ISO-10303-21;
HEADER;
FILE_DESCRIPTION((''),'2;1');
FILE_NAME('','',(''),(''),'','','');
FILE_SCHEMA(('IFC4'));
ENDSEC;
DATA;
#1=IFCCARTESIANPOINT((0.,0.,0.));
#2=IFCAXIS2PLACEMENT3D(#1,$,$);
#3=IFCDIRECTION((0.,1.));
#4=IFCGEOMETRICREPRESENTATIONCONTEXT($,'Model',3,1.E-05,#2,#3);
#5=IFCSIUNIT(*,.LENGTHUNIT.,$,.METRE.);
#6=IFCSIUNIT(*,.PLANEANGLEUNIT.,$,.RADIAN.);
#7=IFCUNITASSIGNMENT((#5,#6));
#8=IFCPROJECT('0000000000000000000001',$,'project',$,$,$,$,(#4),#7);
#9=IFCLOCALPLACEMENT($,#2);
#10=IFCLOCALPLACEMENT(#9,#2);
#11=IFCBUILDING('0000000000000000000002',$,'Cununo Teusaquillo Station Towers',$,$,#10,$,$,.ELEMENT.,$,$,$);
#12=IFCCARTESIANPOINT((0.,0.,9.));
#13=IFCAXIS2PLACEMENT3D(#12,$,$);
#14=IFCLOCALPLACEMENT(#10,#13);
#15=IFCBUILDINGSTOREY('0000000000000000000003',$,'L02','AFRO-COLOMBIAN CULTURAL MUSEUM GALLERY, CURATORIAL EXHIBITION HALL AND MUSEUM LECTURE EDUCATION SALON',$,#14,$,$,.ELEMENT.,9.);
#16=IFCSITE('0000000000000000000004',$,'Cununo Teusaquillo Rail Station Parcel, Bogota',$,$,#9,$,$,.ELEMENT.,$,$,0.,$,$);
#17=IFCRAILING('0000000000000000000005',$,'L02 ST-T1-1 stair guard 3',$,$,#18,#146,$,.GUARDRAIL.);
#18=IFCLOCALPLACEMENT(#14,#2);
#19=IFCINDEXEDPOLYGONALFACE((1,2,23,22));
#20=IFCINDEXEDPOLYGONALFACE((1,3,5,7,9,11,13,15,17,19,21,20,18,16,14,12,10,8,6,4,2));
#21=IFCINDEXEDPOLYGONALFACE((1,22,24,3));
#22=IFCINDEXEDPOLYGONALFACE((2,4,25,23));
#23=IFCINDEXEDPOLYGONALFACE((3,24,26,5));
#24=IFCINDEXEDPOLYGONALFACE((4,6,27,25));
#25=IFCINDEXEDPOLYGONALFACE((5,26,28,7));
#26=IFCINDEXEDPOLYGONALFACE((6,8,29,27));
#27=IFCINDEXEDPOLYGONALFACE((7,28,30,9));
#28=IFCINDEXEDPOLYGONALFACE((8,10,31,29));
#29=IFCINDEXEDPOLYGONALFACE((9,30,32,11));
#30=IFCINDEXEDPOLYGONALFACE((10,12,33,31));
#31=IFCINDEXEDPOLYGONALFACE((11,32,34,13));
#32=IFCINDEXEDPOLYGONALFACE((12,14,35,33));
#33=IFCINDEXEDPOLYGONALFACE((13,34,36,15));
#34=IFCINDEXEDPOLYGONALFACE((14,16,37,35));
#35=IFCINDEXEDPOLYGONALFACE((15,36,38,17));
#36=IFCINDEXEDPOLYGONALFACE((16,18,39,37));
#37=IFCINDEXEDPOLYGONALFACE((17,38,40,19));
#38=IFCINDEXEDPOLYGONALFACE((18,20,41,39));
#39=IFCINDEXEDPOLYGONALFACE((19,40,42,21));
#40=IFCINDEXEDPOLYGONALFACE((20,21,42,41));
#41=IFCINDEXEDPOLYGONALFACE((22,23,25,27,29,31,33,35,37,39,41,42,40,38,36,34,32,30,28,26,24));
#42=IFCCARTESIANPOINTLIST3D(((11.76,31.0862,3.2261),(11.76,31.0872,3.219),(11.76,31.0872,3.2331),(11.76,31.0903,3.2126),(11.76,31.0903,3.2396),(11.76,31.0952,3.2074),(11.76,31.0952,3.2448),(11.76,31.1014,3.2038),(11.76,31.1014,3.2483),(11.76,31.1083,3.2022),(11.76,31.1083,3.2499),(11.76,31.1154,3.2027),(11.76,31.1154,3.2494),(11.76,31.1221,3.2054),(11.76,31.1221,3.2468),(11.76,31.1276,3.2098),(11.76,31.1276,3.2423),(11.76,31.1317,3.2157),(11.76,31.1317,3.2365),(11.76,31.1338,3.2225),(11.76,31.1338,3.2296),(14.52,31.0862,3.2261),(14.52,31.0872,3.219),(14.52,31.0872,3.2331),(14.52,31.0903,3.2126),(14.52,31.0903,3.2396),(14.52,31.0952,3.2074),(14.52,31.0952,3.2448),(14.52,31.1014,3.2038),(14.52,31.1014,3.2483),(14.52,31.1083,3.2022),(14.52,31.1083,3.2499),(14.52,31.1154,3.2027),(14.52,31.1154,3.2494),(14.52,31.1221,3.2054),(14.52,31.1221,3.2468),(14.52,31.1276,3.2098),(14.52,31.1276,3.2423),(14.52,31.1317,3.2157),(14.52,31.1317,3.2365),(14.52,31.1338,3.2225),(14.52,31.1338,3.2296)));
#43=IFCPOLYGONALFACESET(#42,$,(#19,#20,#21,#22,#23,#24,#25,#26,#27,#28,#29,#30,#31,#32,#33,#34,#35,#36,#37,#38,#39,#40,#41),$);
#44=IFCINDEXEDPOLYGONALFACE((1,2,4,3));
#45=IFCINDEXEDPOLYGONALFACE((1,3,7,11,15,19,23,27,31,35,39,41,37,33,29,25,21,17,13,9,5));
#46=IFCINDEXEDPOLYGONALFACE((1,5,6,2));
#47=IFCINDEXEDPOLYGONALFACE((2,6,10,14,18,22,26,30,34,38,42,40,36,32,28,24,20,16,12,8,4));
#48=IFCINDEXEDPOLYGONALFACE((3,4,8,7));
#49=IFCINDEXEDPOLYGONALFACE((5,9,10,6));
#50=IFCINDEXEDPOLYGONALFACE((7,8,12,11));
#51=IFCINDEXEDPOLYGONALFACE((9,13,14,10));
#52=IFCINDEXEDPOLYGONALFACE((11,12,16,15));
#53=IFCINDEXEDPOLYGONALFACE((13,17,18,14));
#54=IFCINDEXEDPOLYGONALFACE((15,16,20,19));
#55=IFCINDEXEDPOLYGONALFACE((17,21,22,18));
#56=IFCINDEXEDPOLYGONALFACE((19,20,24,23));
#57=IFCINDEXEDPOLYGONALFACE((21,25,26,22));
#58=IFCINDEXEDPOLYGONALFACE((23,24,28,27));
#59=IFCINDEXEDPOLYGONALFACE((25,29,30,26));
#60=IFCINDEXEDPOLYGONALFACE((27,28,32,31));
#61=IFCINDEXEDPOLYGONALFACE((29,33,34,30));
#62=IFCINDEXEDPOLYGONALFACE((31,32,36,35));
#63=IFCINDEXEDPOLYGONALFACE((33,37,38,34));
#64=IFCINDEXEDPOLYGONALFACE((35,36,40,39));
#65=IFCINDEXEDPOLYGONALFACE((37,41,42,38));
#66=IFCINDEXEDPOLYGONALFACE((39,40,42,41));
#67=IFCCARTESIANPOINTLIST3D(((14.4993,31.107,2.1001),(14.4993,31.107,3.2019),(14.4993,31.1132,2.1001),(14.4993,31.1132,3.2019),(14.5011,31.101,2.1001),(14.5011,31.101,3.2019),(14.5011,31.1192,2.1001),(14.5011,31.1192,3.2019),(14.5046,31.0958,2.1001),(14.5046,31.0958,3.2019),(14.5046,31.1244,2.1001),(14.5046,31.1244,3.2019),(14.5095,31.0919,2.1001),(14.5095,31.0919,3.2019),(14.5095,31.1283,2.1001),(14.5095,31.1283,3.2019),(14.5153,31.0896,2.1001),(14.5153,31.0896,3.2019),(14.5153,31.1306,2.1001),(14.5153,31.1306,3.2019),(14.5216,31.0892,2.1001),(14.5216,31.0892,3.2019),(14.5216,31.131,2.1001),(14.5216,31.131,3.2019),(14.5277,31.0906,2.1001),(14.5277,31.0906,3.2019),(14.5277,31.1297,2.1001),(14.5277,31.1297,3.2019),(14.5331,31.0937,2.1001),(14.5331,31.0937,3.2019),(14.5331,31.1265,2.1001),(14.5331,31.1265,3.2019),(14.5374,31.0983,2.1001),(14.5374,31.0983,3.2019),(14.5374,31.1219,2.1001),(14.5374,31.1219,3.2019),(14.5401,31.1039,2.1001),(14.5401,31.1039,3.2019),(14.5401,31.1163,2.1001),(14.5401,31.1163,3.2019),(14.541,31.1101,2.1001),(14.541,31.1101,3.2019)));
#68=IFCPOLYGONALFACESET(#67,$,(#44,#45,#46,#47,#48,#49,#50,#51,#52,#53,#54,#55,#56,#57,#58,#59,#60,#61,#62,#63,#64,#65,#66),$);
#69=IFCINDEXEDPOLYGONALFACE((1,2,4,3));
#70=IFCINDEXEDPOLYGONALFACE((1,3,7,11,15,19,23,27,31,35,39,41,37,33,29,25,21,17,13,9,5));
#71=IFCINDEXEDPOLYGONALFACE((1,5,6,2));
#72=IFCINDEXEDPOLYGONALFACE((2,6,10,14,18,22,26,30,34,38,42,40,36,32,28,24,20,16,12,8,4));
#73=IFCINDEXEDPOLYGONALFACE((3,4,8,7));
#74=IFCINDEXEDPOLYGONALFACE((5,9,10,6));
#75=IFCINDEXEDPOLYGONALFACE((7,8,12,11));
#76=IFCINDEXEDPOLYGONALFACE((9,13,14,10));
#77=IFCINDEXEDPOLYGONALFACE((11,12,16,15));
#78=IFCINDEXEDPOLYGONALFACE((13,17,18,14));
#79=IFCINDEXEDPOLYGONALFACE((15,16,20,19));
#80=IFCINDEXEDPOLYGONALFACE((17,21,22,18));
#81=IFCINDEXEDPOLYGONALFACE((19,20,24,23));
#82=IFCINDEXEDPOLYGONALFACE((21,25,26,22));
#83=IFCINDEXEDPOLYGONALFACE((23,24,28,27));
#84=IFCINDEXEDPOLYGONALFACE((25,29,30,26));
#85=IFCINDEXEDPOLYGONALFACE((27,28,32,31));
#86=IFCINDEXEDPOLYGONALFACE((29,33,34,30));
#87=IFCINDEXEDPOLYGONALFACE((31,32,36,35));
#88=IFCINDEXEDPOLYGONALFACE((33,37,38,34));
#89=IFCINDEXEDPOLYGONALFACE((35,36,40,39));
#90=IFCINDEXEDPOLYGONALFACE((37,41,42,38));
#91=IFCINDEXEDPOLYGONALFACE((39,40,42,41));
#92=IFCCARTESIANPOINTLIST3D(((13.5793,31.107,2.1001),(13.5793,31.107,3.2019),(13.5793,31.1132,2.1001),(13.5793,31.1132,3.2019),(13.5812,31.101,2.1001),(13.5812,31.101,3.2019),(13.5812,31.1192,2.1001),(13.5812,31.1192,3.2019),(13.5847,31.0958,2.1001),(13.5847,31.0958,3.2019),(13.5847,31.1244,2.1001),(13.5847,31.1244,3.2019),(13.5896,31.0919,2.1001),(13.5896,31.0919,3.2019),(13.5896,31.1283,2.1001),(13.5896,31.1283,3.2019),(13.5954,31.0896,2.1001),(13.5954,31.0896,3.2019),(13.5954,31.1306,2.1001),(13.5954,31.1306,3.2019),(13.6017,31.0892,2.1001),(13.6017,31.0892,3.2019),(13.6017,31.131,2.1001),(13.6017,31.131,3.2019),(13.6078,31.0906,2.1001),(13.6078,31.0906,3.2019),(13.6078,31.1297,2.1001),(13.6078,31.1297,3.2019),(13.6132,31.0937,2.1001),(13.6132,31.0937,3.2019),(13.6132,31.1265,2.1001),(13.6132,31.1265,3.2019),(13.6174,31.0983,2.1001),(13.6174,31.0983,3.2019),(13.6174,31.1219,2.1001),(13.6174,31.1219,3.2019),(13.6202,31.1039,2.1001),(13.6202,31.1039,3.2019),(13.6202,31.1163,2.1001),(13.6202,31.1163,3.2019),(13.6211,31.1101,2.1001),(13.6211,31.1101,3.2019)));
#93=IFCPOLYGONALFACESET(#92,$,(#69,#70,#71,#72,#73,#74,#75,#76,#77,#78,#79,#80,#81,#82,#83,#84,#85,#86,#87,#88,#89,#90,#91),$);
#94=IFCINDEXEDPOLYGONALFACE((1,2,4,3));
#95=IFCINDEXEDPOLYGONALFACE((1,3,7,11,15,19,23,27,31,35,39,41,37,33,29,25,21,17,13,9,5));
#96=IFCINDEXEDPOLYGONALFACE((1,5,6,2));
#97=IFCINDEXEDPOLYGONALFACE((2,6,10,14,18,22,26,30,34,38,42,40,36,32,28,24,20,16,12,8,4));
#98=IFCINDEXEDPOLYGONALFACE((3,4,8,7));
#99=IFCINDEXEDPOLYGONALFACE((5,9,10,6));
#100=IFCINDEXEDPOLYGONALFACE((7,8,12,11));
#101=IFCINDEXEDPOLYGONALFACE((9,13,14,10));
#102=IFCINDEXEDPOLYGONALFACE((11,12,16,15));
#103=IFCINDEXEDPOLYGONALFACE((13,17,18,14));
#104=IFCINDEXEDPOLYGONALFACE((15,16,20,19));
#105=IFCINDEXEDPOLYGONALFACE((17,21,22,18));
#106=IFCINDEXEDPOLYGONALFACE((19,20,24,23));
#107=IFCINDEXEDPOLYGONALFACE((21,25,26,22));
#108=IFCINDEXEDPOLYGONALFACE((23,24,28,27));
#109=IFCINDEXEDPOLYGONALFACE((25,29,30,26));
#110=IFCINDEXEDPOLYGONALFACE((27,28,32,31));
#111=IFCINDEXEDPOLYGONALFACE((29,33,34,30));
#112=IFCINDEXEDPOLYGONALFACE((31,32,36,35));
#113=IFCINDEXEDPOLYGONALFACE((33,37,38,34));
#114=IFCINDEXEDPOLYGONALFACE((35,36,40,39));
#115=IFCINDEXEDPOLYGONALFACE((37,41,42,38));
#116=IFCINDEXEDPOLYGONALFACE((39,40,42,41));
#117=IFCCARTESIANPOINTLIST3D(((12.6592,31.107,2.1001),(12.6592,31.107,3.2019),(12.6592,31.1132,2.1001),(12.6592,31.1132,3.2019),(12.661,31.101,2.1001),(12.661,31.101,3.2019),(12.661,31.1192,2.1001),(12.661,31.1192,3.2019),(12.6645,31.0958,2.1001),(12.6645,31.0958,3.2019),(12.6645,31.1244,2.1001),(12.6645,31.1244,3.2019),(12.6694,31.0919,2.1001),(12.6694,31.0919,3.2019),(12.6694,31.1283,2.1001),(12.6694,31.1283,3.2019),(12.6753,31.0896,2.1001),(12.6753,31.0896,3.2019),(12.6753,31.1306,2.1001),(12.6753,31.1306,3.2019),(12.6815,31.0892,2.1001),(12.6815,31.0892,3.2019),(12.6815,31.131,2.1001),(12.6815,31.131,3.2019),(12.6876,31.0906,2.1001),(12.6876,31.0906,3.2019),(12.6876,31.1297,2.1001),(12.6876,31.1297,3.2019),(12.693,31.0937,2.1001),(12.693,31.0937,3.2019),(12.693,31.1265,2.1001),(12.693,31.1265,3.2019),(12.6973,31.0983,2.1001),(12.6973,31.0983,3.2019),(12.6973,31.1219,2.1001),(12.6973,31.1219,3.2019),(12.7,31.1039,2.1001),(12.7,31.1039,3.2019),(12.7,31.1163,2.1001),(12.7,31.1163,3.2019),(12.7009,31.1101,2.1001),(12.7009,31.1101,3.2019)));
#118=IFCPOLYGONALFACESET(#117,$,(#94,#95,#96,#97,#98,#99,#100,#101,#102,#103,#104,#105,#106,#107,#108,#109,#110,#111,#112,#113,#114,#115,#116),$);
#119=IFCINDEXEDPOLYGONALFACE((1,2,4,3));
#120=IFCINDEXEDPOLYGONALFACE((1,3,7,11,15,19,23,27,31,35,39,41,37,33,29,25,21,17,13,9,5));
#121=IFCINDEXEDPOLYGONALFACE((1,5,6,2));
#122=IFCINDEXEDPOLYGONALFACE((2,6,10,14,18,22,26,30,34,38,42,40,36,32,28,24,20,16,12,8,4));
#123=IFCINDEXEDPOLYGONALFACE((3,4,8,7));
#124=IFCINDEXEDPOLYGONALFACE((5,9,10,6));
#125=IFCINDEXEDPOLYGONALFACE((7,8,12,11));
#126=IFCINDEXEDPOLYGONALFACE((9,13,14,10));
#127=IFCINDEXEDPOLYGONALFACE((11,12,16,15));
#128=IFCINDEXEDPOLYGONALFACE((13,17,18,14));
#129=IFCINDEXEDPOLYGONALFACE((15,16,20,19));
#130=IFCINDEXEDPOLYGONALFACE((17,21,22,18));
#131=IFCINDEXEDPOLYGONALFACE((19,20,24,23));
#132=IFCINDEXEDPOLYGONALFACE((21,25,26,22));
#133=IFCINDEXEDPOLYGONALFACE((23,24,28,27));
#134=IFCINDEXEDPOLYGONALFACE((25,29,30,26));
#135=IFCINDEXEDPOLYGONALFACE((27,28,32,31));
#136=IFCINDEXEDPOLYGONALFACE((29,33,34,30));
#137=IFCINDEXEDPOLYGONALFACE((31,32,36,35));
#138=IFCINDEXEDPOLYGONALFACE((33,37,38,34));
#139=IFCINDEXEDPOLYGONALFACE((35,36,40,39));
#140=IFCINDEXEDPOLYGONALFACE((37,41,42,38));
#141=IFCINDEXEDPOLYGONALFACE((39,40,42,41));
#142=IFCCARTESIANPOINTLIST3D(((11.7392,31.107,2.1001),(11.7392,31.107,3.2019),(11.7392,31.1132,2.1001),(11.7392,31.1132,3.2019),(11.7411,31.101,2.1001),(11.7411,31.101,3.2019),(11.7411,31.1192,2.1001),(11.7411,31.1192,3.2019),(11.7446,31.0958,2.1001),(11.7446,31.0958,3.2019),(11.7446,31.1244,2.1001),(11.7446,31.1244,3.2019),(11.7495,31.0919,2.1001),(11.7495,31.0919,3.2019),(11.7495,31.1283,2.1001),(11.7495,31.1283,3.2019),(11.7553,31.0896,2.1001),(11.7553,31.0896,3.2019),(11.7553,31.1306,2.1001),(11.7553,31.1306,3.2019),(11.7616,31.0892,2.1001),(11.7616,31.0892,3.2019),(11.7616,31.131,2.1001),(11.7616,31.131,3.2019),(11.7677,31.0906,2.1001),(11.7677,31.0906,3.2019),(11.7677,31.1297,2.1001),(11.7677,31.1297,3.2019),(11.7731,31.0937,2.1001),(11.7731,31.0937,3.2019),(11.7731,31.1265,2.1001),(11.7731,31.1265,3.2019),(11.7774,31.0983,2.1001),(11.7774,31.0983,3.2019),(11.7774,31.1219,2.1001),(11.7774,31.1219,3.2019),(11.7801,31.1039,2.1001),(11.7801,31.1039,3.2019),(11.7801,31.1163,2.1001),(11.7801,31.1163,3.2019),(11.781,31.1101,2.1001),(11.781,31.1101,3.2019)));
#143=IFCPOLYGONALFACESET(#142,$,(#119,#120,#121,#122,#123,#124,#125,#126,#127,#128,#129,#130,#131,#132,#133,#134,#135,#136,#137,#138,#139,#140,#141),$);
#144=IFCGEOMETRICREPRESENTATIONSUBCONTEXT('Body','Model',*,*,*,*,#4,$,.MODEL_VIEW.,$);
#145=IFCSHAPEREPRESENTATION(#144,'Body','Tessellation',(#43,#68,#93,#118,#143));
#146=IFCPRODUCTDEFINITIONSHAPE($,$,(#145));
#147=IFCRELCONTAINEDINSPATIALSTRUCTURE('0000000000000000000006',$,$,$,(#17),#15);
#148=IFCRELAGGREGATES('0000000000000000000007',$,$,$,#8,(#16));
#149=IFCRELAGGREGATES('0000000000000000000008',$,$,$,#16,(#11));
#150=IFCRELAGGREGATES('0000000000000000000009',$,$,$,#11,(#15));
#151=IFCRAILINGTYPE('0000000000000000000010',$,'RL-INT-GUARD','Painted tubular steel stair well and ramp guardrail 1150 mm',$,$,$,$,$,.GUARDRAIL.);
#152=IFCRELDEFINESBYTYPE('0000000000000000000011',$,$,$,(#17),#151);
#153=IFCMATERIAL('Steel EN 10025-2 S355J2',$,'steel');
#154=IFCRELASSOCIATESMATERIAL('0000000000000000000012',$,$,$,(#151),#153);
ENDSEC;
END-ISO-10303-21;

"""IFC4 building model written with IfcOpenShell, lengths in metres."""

from ifc_helpers import new_model, si_unit, direction, frame, origin, origin_2d, place, context, subcontext, project, spatial, circle, extrude, material, type_object, element, save


model = new_model("IFC4")

# Units and contexts
model_context = context("Model", 3, precision=1e-05, world=origin(), true_north=direction((0.0, 1.0)))
body_context = subcontext(model_context, "Body", "Model", "MODEL_VIEW")
ifc_project = project(units=[si_unit("LENGTHUNIT", "METRE"), si_unit("PLANEANGLEUNIT", "RADIAN")], contexts=[model_context])

# Site, building, storey
site_placement = place(None, origin())
site = spatial("IfcSite", under=ifc_project, at=site_placement, Name="Cununo Teusaquillo Rail Station Parcel, Bogota", CompositionType="ELEMENT", RefElevation=0.0)
building_placement = place(site_placement, origin())
building = spatial("IfcBuilding", under=site, at=building_placement, Name="Cununo Teusaquillo Station Towers", CompositionType="ELEMENT")
storey_placement = place(building_placement, frame((0.0, 0.0, 9.0)))
storey = spatial("IfcBuildingStorey", under=building, at=storey_placement, Name="L02", Description="AFRO-COLOMBIAN CULTURAL MUSEUM GALLERY, CURATORIAL EXHIBITION HALL AND MUSEUM LECTURE EDUCATION SALON", CompositionType="ELEMENT", Elevation=9.0)

# Railing
ifc_material_1 = material(Name="Steel EN 10025-2 S355J2", Category="steel")
railing_type_1 = type_object("IfcRailingType", Name="RL-INT-GUARD", Description="Painted tubular steel stair well and ramp guardrail 1150 mm", PredefinedType="GUARDRAIL", material=ifc_material_1)
railing_1_placement = place(storey_placement, frame((14.52, 31.1101, 2.1001)))
element("IfcRailing", 1, at=railing_1_placement, inside=storey, type_object=railing_type_1, Name="L02 ST-T1-1 stair guard 3", PredefinedType="GUARDRAIL", context=body_context, shape_type="SweptSolid", body=[
    extrude(circle(Radius=0.0239, at=origin_2d()), frame((0.0, 0.0, 1.126), z_axis=(-1.0, 0.0, 0.0), x_axis=(0.0, -1.0, 0.0)), (0.0, 0.0, 1.0), 2.76),
    extrude(circle(Radius=0.021, at=origin_2d()), origin(), (0.0, 0.0, 1.0), 1.1018),
    extrude(circle(Radius=0.021, at=origin_2d()), frame((-0.9199, 0.0, 0.0)), (0.0, 0.0, 1.0), 1.1018),
    extrude(circle(Radius=0.021, at=origin_2d()), frame((-1.8401, 0.0, 0.0)), (0.0, 0.0, 1.0), 1.1018),
    extrude(circle(Radius=0.021, at=origin_2d()), frame((-2.76, 0.0, 0.0)), (0.0, 0.0, 1.0), 1.1018),
])

save(model, "model.ifc")
